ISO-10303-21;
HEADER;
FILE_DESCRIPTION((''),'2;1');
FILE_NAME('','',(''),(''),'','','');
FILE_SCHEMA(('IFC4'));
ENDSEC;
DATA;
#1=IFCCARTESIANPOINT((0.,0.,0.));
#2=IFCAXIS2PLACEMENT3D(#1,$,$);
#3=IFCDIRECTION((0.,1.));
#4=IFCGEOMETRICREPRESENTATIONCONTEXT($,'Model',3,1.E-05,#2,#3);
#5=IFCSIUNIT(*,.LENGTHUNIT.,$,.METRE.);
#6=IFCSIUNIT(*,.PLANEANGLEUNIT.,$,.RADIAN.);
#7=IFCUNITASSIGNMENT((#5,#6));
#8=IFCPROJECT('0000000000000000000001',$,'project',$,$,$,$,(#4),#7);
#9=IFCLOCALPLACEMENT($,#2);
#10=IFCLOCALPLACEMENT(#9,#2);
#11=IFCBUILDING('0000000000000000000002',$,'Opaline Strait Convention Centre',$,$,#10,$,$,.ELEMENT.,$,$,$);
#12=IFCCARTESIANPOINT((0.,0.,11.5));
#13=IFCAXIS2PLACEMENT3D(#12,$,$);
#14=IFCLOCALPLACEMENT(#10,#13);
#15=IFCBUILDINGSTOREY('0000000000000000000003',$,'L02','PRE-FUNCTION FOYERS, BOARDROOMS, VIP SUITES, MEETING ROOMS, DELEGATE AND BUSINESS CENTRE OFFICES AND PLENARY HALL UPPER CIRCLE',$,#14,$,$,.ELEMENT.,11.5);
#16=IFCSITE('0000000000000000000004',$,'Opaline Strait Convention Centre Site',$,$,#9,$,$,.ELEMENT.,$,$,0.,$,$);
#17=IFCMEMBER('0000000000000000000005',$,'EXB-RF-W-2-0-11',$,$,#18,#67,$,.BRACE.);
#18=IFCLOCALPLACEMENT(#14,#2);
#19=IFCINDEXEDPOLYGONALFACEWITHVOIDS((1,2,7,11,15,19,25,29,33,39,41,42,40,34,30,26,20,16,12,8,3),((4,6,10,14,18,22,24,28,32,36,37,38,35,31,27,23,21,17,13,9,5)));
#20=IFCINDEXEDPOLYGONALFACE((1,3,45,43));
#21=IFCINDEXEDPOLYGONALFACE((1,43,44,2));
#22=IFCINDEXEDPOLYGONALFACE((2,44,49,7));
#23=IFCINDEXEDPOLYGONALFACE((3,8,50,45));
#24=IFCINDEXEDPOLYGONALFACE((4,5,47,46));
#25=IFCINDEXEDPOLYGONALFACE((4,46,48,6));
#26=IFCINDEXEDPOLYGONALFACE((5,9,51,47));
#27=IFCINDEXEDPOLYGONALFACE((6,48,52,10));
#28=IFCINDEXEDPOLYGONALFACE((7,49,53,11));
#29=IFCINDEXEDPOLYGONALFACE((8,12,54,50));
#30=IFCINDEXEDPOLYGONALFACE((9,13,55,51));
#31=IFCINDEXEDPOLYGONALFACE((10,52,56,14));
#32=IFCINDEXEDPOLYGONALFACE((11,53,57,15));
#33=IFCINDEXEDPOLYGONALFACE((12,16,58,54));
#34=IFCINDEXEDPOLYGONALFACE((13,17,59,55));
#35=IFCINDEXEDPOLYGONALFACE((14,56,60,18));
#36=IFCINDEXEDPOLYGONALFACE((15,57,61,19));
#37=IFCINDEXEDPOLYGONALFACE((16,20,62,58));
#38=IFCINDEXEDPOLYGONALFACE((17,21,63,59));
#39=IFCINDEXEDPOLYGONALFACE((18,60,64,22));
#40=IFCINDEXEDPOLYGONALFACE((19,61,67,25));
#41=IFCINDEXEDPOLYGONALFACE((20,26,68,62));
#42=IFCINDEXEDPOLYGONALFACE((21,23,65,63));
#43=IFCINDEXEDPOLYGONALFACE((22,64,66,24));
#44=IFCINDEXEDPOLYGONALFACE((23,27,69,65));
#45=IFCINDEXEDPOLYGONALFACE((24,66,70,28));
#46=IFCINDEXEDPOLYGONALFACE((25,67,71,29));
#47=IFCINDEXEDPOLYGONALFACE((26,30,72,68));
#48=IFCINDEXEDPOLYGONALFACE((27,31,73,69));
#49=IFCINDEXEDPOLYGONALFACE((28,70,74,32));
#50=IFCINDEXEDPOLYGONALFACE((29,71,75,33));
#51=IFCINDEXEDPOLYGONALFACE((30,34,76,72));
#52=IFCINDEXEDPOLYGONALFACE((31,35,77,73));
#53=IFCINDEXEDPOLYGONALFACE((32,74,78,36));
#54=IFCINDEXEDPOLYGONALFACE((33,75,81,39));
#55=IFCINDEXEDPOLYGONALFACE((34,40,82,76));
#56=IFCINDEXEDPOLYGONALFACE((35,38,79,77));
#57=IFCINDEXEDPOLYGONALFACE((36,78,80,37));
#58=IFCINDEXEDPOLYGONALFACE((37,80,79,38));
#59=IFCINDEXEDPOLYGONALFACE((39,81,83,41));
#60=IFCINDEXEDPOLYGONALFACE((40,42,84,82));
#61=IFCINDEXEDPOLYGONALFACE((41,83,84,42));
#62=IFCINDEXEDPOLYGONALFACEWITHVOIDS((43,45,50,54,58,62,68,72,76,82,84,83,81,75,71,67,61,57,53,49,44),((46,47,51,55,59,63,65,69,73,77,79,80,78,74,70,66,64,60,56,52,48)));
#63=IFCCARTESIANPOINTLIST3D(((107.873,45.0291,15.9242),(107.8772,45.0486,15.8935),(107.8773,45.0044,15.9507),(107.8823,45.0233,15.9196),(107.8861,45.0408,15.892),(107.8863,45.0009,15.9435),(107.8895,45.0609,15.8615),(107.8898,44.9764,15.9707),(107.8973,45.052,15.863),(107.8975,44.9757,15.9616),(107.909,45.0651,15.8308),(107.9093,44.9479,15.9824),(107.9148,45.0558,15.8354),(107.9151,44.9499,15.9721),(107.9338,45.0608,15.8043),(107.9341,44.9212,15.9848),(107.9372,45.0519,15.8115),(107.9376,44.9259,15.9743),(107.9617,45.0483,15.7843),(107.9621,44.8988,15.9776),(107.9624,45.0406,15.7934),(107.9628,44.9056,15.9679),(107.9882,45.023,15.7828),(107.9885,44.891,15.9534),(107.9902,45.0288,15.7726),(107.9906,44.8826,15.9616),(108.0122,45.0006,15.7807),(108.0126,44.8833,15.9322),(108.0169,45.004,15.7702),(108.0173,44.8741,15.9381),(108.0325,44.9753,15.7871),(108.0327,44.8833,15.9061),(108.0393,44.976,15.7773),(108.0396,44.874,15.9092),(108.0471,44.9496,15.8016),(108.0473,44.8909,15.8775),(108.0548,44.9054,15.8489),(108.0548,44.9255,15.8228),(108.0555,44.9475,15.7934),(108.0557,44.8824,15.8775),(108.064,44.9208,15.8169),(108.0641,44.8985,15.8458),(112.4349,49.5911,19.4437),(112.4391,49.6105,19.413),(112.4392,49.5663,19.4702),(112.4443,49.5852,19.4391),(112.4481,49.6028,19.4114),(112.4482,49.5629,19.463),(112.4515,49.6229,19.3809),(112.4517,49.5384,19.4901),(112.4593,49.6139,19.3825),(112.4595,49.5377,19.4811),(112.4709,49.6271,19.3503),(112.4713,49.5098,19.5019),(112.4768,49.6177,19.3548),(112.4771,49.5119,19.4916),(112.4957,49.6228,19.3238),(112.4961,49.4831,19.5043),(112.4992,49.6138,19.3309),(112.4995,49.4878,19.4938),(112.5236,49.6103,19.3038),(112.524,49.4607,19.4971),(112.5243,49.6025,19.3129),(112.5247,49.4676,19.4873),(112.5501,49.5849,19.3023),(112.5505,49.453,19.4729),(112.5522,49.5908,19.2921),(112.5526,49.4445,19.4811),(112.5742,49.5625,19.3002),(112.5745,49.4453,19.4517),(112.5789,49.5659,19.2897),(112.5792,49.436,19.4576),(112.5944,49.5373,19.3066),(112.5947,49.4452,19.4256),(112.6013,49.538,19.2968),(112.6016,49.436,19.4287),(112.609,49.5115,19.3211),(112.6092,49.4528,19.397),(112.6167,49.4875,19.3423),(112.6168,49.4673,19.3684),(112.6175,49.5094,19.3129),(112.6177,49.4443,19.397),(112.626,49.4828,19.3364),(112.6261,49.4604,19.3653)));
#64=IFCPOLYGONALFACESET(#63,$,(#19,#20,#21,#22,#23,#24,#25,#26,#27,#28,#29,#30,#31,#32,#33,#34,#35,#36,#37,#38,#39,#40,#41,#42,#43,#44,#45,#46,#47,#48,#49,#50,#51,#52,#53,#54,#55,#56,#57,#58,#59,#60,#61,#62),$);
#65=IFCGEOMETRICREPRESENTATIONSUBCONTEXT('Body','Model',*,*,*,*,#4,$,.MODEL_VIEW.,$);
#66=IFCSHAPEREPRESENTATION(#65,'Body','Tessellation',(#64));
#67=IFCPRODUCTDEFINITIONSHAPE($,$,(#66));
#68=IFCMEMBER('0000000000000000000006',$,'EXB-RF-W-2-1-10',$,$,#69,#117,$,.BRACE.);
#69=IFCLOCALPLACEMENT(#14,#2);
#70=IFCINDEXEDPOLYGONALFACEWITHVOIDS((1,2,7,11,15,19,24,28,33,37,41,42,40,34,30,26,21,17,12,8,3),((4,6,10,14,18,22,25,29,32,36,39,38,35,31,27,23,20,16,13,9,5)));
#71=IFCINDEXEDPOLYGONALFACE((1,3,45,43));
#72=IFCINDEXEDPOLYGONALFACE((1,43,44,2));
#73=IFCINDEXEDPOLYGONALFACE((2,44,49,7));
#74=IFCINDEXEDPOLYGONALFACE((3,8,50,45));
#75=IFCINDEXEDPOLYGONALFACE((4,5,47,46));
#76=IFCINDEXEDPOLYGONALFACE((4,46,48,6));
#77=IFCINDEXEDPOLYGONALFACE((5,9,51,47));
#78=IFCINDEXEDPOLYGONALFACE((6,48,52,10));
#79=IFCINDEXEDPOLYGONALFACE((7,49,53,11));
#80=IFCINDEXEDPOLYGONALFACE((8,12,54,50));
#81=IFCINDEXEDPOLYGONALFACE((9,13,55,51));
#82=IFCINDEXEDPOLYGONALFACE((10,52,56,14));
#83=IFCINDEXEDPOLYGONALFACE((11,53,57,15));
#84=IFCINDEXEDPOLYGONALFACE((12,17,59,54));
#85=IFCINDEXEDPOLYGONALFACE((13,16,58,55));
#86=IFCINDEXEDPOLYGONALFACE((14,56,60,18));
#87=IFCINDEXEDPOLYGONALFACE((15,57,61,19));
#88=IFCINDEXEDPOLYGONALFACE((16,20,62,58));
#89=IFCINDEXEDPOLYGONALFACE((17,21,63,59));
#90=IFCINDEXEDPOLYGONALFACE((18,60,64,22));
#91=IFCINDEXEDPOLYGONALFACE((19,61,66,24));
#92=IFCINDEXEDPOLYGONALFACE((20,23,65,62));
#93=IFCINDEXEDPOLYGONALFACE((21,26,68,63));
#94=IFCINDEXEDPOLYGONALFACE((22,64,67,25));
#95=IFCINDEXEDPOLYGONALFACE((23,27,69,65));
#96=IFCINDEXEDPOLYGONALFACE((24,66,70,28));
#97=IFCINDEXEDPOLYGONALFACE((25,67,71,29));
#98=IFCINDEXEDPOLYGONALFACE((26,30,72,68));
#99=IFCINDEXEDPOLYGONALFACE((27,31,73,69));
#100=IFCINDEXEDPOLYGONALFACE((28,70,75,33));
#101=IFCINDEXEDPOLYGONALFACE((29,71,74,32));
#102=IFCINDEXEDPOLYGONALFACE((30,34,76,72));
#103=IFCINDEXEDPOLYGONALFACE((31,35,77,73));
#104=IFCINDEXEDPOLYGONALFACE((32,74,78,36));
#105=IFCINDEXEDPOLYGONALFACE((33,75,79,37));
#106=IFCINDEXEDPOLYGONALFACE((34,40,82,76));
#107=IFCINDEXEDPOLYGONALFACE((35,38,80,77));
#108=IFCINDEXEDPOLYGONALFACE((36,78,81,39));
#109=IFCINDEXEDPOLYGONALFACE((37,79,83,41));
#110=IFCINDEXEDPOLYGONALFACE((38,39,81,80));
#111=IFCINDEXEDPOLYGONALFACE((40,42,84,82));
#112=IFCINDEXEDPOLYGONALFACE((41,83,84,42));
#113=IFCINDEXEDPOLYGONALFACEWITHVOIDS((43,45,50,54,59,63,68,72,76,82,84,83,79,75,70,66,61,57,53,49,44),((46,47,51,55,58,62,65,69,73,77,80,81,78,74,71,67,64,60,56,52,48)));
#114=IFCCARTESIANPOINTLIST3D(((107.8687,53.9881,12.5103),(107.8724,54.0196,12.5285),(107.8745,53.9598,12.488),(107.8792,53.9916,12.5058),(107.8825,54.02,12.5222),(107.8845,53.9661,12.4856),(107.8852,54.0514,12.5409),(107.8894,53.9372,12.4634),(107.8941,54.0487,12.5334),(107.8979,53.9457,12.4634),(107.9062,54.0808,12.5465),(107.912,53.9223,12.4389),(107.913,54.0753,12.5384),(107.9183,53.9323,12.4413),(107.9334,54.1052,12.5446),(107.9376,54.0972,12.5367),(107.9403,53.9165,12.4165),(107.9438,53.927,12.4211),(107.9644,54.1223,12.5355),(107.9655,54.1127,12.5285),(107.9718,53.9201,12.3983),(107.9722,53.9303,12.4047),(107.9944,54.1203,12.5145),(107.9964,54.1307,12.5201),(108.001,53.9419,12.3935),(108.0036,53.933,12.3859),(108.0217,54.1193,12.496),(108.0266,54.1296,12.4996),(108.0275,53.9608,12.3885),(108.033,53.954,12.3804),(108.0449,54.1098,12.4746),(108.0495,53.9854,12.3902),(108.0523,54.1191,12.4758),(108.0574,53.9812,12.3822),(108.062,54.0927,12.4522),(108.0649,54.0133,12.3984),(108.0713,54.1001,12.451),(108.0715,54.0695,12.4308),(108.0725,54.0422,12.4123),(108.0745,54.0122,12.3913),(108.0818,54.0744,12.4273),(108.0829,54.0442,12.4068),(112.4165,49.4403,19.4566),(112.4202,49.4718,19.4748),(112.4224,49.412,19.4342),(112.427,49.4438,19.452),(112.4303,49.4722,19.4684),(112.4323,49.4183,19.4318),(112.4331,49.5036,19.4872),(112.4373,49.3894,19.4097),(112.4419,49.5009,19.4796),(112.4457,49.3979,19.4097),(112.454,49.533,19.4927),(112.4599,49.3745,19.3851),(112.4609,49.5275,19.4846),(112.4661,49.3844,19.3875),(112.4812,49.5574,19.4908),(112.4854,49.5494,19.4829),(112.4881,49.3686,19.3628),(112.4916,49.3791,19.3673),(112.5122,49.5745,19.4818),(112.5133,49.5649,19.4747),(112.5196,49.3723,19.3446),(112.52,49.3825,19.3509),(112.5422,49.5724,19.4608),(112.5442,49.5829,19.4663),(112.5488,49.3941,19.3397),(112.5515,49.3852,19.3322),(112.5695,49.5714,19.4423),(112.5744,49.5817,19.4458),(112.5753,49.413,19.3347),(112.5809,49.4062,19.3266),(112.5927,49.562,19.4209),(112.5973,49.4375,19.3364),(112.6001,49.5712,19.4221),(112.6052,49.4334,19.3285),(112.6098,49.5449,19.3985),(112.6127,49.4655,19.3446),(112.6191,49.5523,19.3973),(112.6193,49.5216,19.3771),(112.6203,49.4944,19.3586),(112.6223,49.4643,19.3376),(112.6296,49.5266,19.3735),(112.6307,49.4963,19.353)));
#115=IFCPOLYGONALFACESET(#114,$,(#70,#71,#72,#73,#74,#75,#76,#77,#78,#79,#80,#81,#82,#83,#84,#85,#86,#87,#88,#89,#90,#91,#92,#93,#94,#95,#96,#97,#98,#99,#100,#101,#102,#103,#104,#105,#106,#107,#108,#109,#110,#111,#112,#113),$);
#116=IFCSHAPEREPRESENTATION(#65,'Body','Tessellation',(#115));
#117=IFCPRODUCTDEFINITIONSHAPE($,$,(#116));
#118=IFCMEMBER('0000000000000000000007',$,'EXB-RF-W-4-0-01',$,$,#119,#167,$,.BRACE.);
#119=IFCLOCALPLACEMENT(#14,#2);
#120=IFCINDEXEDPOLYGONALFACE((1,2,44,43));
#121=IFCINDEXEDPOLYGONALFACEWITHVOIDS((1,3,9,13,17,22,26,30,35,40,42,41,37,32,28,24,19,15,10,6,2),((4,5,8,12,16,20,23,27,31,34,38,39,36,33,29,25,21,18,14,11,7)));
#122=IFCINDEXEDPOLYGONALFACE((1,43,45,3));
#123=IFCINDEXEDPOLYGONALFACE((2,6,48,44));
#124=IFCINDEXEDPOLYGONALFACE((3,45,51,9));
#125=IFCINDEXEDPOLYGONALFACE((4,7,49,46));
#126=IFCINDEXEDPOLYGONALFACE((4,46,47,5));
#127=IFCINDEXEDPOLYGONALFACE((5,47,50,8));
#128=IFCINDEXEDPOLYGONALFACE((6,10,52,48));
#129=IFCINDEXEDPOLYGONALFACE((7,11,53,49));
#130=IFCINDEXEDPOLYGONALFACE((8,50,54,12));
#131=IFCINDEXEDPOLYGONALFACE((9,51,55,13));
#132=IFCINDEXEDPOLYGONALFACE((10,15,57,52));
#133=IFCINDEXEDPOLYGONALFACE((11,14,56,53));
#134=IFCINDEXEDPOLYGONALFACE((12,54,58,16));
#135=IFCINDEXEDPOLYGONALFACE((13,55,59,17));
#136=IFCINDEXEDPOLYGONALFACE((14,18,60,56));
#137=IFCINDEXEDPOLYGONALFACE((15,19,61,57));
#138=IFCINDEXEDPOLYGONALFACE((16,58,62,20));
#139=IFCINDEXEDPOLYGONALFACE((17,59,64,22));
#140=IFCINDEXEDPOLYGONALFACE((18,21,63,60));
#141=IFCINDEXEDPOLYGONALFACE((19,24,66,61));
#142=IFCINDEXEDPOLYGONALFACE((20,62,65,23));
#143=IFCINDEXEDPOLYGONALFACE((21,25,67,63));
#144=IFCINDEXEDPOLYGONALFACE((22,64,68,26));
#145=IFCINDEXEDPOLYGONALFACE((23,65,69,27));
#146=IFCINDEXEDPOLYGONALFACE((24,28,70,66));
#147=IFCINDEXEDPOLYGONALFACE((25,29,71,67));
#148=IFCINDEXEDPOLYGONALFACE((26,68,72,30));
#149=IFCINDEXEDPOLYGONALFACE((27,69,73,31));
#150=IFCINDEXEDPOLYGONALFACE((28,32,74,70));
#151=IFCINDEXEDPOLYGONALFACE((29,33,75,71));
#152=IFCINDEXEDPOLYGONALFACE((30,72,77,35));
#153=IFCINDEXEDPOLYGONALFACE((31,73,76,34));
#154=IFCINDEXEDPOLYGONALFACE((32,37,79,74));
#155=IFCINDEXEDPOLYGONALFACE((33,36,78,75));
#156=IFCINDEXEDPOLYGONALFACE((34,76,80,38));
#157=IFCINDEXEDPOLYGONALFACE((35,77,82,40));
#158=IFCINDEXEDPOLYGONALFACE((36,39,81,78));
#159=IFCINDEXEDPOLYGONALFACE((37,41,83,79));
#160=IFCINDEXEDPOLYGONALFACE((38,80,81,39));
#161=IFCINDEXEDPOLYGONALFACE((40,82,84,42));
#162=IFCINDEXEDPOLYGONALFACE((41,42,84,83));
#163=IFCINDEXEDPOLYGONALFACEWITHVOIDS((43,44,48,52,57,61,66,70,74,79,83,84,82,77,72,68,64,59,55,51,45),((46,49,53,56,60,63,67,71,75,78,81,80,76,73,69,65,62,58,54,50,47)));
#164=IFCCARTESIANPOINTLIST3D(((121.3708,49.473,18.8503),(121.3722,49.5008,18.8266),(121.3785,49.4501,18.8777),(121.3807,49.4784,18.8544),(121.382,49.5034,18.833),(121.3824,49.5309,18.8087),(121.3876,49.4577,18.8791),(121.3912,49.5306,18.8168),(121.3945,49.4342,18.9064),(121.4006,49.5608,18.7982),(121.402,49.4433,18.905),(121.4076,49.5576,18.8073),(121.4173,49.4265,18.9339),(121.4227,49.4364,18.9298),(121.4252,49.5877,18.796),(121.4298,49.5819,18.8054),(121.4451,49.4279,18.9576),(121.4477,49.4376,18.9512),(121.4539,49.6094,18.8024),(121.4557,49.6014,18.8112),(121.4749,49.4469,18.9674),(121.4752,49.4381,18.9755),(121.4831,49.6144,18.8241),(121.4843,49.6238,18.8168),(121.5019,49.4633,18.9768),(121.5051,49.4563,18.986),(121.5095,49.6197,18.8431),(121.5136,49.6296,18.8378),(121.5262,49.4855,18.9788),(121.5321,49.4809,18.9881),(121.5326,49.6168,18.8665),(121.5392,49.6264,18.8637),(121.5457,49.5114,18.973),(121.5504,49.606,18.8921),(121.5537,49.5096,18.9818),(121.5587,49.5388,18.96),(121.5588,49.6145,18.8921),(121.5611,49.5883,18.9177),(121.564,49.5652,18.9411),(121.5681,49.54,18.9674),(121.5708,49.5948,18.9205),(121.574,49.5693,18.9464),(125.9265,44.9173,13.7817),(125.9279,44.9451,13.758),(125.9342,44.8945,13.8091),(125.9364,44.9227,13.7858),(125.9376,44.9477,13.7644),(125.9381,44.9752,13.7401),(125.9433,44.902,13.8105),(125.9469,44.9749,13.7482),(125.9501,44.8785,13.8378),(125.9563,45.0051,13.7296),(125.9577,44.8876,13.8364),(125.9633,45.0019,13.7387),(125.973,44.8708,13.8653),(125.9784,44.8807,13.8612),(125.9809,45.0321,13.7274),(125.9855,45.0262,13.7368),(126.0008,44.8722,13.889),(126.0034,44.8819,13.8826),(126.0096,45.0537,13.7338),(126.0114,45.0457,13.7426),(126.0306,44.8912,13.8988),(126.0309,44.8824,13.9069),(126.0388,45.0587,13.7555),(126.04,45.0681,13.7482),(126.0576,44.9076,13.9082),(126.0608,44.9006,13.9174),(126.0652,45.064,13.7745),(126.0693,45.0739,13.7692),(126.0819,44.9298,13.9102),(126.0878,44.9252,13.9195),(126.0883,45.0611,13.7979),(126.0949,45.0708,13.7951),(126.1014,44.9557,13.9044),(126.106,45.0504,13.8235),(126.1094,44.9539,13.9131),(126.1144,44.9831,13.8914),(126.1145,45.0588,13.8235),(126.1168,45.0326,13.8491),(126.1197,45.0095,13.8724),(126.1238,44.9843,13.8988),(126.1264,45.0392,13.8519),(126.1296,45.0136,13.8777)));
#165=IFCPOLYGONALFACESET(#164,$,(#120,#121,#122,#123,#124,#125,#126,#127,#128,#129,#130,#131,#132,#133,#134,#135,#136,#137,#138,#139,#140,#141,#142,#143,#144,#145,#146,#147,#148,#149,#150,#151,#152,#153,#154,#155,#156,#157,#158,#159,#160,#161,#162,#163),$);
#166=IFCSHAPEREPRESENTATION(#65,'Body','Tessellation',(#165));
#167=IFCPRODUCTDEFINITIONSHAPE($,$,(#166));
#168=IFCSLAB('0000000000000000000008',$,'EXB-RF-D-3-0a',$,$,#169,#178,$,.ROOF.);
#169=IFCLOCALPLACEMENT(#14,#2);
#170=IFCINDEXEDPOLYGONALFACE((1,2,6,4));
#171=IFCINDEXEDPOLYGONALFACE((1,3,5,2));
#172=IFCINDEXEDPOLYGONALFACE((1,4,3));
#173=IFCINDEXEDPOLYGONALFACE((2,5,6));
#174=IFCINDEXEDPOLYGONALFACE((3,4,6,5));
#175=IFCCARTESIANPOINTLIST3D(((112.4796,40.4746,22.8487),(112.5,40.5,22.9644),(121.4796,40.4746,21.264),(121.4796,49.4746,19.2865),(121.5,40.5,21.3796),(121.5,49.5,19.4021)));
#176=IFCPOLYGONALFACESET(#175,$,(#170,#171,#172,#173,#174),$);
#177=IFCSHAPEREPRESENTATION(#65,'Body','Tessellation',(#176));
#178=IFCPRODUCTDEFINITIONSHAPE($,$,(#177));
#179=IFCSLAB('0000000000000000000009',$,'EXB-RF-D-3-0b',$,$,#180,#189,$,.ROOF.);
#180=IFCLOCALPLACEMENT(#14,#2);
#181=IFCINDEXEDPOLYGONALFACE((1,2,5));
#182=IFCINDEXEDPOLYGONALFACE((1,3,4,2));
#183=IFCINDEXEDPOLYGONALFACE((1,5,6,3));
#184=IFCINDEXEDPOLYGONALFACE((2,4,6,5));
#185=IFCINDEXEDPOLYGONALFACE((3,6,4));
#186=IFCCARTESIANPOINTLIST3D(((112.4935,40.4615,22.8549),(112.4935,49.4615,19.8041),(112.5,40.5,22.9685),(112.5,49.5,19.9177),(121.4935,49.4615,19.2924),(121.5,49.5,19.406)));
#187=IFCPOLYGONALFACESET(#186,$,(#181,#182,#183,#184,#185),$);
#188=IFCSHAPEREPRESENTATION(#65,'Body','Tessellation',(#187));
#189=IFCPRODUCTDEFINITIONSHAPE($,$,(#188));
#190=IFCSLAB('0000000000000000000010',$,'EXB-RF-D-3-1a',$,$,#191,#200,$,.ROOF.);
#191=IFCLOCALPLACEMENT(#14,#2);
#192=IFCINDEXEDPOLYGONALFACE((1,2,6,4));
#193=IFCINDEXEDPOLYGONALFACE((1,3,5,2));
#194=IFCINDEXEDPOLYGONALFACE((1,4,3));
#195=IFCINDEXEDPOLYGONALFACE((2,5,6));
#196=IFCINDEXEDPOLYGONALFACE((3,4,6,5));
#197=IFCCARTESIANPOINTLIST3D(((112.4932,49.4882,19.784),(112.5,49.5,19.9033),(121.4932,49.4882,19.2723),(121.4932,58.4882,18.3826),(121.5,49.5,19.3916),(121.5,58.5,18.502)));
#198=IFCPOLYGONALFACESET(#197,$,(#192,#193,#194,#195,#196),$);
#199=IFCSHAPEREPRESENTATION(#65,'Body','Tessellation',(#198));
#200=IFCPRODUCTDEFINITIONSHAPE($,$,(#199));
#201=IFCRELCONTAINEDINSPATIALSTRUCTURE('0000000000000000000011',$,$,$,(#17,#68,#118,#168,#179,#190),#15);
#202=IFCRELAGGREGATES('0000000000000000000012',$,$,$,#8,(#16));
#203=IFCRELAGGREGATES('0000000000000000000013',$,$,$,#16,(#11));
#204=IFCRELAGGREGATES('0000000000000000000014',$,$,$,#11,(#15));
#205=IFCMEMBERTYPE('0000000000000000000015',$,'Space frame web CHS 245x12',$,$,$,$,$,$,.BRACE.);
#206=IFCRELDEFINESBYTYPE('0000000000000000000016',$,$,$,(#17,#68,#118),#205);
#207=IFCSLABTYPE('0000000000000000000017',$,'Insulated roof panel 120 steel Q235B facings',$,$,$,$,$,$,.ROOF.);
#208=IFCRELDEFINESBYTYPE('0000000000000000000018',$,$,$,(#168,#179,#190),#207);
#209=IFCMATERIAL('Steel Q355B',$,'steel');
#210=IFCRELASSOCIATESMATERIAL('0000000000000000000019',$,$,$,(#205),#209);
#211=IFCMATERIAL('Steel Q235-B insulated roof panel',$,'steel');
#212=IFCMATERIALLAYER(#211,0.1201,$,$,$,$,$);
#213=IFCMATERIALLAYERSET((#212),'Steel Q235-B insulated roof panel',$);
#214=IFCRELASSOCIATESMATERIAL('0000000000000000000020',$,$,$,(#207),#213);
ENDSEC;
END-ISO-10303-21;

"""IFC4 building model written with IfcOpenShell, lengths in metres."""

from ifc_helpers import new_model, si_unit, direction, frame, origin, origin_2d, place, context, subcontext, project, spatial, polyline, hollow_circle, outline, extrude, material, layer, layer_set, material_profile, profile_set, type_object, element, save


model = new_model("IFC4")

# Units and contexts
model_context = context("Model", 3, precision=1e-05, world=origin(), true_north=direction((0.0, 1.0)))
body_context = subcontext(model_context, "Body", "Model", "MODEL_VIEW")
ifc_project = project(units=[si_unit("LENGTHUNIT", "METRE"), si_unit("PLANEANGLEUNIT", "RADIAN")], contexts=[model_context])

# Site, building, storey
site_placement = place(None, origin())
site = spatial("IfcSite", under=ifc_project, at=site_placement, Name="Opaline Strait Convention Centre Site", CompositionType="ELEMENT", RefElevation=0.0)
building_placement = place(site_placement, origin())
building = spatial("IfcBuilding", under=site, at=building_placement, Name="Opaline Strait Convention Centre", CompositionType="ELEMENT")
storey_placement = place(building_placement, frame((0.0, 0.0, 11.5)))
storey = spatial("IfcBuildingStorey", under=building, at=storey_placement, Name="L02", Description="PRE-FUNCTION FOYERS, BOARDROOMS, VIP SUITES, MEETING ROOMS, DELEGATE AND BUSINESS CENTRE OFFICES AND PLENARY HALL UPPER CIRCLE", CompositionType="ELEMENT", Elevation=11.5)

# Members
ifc_material_1 = material(Name="Steel Q355B", Category="steel")
ifc_material_profile_1 = material_profile(ifc_material_1, hollow_circle(Radius=0.1226, WallThickness=0.012, at=origin_2d()), Name="CHS 245x12")
ifc_profile_set_1 = profile_set([ifc_material_profile_1], Name="Steel Q355B")
member_type_1 = type_object("IfcMemberType", Name="Space frame web CHS 245x12", PredefinedType="BRACE", material=ifc_profile_set_1)
member_1_placement = place(storey_placement, frame((112.531, 49.531, 19.397), z_axis=(-0.620748, -0.620748, -0.478899), x_axis=(0.707107, -0.707107, 0.0)))
element("IfcMember", 1, at=member_1_placement, inside=storey, type_object=member_type_1, Name="EXB-RF-W-2-0-11", PredefinedType="BRACE", context=body_context, shape_type="SweptSolid", body=[
    extrude(hollow_circle(Radius=0.1226, WallThickness=0.012, at=origin_2d()), origin(), (0.0, 0.0, 1.0), 7.3491),
])
member_2_placement = place(storey_placement, frame((112.5239, 49.4761, 19.4097), z_axis=(-0.480409, 0.480409, -0.733767), x_axis=(-0.707107, -0.707107, 0.0)))
element("IfcMember", 2, at=member_2_placement, inside=storey, type_object=member_type_1, Name="EXB-RF-W-2-1-10", PredefinedType="BRACE", context=body_context, shape_type="SweptSolid", body=[
    extrude(hollow_circle(Radius=0.1226, WallThickness=0.012, at=origin_2d()), origin(), (0.0, 0.0, 1.0), 9.4666),
])
member_3_placement = place(storey_placement, frame((121.4722, 49.5278, 18.8921), z_axis=(0.555739, -0.555739, -0.618311), x_axis=(0.707107, 0.707107, 0.0)))
element("IfcMember", 3, at=member_3_placement, inside=storey, type_object=member_type_1, Name="EXB-RF-W-4-0-01", PredefinedType="BRACE", context=body_context, shape_type="SweptSolid", body=[
    extrude(hollow_circle(Radius=0.1226, WallThickness=0.012, at=origin_2d()), origin(), (0.0, 0.0, 1.0), 8.1975),
])

# Slabs
ifc_material_2 = material(Name="Steel Q235-B insulated roof panel", Category="steel")
ifc_layer_1 = layer(ifc_material_2, 0.1201)
ifc_layer_set_1 = layer_set([ifc_layer_1], Name="Steel Q235-B insulated roof panel")
slab_type = type_object("IfcSlabType", Name="Insulated roof panel 120 steel Q235B facings", PredefinedType="ROOF", material=ifc_layer_set_1)
slab_1_placement = place(storey_placement, frame((112.5, 40.5, 22.9644), z_axis=(0.169489, 0.211502, 0.96257), x_axis=(0.984849, 0.0, -0.173412)))
element("IfcSlab", 4, at=slab_1_placement, inside=storey, type_object=slab_type, Name="EXB-RF-D-3-0a", PredefinedType="ROOF", context=body_context, shape_type="SweptSolid", body=[
    extrude(outline(polyline([(0.0, 0.0), (9.1385, 0.0), (9.4814, 9.2083), (0.0, 0.0)])), origin(), (0.0, 0.0, -1.0), 0.1201),
])
slab_2_placement = place(storey_placement, frame((112.5, 40.5, 22.9685), z_axis=(0.05377, 0.320569, 0.945698), x_axis=(0.680937, 0.680937, -0.269537)))
element("IfcSlab", 5, at=slab_2_placement, inside=storey, type_object=slab_type, Name="EXB-RF-D-3-0b", PredefinedType="ROOF", context=body_context, shape_type="SweptSolid", body=[
    extrude(outline(polyline([(0.0, 0.0), (13.2171, 0.0), (6.9507, 6.4803), (0.0, 0.0)])), origin(), (0.0, 0.0, -1.0), 0.1201),
])
slab_3_placement = place(storey_placement, frame((112.5, 49.5, 19.9033), z_axis=(0.056492, 0.098213, 0.993561), x_axis=(0.998388, 0.0, -0.056766)))
element("IfcSlab", 6, at=slab_3_placement, inside=storey, type_object=slab_type, Name="EXB-RF-D-3-1a", PredefinedType="ROOF", context=body_context, shape_type="SweptSolid", body=[
    extrude(outline(polyline([(0.0, 0.0), (9.0145, 0.0), (9.065, 9.0437), (0.0, 0.0)])), origin(), (0.0, 0.0, -1.0), 0.1201),
])

save(model, "model.ifc")
